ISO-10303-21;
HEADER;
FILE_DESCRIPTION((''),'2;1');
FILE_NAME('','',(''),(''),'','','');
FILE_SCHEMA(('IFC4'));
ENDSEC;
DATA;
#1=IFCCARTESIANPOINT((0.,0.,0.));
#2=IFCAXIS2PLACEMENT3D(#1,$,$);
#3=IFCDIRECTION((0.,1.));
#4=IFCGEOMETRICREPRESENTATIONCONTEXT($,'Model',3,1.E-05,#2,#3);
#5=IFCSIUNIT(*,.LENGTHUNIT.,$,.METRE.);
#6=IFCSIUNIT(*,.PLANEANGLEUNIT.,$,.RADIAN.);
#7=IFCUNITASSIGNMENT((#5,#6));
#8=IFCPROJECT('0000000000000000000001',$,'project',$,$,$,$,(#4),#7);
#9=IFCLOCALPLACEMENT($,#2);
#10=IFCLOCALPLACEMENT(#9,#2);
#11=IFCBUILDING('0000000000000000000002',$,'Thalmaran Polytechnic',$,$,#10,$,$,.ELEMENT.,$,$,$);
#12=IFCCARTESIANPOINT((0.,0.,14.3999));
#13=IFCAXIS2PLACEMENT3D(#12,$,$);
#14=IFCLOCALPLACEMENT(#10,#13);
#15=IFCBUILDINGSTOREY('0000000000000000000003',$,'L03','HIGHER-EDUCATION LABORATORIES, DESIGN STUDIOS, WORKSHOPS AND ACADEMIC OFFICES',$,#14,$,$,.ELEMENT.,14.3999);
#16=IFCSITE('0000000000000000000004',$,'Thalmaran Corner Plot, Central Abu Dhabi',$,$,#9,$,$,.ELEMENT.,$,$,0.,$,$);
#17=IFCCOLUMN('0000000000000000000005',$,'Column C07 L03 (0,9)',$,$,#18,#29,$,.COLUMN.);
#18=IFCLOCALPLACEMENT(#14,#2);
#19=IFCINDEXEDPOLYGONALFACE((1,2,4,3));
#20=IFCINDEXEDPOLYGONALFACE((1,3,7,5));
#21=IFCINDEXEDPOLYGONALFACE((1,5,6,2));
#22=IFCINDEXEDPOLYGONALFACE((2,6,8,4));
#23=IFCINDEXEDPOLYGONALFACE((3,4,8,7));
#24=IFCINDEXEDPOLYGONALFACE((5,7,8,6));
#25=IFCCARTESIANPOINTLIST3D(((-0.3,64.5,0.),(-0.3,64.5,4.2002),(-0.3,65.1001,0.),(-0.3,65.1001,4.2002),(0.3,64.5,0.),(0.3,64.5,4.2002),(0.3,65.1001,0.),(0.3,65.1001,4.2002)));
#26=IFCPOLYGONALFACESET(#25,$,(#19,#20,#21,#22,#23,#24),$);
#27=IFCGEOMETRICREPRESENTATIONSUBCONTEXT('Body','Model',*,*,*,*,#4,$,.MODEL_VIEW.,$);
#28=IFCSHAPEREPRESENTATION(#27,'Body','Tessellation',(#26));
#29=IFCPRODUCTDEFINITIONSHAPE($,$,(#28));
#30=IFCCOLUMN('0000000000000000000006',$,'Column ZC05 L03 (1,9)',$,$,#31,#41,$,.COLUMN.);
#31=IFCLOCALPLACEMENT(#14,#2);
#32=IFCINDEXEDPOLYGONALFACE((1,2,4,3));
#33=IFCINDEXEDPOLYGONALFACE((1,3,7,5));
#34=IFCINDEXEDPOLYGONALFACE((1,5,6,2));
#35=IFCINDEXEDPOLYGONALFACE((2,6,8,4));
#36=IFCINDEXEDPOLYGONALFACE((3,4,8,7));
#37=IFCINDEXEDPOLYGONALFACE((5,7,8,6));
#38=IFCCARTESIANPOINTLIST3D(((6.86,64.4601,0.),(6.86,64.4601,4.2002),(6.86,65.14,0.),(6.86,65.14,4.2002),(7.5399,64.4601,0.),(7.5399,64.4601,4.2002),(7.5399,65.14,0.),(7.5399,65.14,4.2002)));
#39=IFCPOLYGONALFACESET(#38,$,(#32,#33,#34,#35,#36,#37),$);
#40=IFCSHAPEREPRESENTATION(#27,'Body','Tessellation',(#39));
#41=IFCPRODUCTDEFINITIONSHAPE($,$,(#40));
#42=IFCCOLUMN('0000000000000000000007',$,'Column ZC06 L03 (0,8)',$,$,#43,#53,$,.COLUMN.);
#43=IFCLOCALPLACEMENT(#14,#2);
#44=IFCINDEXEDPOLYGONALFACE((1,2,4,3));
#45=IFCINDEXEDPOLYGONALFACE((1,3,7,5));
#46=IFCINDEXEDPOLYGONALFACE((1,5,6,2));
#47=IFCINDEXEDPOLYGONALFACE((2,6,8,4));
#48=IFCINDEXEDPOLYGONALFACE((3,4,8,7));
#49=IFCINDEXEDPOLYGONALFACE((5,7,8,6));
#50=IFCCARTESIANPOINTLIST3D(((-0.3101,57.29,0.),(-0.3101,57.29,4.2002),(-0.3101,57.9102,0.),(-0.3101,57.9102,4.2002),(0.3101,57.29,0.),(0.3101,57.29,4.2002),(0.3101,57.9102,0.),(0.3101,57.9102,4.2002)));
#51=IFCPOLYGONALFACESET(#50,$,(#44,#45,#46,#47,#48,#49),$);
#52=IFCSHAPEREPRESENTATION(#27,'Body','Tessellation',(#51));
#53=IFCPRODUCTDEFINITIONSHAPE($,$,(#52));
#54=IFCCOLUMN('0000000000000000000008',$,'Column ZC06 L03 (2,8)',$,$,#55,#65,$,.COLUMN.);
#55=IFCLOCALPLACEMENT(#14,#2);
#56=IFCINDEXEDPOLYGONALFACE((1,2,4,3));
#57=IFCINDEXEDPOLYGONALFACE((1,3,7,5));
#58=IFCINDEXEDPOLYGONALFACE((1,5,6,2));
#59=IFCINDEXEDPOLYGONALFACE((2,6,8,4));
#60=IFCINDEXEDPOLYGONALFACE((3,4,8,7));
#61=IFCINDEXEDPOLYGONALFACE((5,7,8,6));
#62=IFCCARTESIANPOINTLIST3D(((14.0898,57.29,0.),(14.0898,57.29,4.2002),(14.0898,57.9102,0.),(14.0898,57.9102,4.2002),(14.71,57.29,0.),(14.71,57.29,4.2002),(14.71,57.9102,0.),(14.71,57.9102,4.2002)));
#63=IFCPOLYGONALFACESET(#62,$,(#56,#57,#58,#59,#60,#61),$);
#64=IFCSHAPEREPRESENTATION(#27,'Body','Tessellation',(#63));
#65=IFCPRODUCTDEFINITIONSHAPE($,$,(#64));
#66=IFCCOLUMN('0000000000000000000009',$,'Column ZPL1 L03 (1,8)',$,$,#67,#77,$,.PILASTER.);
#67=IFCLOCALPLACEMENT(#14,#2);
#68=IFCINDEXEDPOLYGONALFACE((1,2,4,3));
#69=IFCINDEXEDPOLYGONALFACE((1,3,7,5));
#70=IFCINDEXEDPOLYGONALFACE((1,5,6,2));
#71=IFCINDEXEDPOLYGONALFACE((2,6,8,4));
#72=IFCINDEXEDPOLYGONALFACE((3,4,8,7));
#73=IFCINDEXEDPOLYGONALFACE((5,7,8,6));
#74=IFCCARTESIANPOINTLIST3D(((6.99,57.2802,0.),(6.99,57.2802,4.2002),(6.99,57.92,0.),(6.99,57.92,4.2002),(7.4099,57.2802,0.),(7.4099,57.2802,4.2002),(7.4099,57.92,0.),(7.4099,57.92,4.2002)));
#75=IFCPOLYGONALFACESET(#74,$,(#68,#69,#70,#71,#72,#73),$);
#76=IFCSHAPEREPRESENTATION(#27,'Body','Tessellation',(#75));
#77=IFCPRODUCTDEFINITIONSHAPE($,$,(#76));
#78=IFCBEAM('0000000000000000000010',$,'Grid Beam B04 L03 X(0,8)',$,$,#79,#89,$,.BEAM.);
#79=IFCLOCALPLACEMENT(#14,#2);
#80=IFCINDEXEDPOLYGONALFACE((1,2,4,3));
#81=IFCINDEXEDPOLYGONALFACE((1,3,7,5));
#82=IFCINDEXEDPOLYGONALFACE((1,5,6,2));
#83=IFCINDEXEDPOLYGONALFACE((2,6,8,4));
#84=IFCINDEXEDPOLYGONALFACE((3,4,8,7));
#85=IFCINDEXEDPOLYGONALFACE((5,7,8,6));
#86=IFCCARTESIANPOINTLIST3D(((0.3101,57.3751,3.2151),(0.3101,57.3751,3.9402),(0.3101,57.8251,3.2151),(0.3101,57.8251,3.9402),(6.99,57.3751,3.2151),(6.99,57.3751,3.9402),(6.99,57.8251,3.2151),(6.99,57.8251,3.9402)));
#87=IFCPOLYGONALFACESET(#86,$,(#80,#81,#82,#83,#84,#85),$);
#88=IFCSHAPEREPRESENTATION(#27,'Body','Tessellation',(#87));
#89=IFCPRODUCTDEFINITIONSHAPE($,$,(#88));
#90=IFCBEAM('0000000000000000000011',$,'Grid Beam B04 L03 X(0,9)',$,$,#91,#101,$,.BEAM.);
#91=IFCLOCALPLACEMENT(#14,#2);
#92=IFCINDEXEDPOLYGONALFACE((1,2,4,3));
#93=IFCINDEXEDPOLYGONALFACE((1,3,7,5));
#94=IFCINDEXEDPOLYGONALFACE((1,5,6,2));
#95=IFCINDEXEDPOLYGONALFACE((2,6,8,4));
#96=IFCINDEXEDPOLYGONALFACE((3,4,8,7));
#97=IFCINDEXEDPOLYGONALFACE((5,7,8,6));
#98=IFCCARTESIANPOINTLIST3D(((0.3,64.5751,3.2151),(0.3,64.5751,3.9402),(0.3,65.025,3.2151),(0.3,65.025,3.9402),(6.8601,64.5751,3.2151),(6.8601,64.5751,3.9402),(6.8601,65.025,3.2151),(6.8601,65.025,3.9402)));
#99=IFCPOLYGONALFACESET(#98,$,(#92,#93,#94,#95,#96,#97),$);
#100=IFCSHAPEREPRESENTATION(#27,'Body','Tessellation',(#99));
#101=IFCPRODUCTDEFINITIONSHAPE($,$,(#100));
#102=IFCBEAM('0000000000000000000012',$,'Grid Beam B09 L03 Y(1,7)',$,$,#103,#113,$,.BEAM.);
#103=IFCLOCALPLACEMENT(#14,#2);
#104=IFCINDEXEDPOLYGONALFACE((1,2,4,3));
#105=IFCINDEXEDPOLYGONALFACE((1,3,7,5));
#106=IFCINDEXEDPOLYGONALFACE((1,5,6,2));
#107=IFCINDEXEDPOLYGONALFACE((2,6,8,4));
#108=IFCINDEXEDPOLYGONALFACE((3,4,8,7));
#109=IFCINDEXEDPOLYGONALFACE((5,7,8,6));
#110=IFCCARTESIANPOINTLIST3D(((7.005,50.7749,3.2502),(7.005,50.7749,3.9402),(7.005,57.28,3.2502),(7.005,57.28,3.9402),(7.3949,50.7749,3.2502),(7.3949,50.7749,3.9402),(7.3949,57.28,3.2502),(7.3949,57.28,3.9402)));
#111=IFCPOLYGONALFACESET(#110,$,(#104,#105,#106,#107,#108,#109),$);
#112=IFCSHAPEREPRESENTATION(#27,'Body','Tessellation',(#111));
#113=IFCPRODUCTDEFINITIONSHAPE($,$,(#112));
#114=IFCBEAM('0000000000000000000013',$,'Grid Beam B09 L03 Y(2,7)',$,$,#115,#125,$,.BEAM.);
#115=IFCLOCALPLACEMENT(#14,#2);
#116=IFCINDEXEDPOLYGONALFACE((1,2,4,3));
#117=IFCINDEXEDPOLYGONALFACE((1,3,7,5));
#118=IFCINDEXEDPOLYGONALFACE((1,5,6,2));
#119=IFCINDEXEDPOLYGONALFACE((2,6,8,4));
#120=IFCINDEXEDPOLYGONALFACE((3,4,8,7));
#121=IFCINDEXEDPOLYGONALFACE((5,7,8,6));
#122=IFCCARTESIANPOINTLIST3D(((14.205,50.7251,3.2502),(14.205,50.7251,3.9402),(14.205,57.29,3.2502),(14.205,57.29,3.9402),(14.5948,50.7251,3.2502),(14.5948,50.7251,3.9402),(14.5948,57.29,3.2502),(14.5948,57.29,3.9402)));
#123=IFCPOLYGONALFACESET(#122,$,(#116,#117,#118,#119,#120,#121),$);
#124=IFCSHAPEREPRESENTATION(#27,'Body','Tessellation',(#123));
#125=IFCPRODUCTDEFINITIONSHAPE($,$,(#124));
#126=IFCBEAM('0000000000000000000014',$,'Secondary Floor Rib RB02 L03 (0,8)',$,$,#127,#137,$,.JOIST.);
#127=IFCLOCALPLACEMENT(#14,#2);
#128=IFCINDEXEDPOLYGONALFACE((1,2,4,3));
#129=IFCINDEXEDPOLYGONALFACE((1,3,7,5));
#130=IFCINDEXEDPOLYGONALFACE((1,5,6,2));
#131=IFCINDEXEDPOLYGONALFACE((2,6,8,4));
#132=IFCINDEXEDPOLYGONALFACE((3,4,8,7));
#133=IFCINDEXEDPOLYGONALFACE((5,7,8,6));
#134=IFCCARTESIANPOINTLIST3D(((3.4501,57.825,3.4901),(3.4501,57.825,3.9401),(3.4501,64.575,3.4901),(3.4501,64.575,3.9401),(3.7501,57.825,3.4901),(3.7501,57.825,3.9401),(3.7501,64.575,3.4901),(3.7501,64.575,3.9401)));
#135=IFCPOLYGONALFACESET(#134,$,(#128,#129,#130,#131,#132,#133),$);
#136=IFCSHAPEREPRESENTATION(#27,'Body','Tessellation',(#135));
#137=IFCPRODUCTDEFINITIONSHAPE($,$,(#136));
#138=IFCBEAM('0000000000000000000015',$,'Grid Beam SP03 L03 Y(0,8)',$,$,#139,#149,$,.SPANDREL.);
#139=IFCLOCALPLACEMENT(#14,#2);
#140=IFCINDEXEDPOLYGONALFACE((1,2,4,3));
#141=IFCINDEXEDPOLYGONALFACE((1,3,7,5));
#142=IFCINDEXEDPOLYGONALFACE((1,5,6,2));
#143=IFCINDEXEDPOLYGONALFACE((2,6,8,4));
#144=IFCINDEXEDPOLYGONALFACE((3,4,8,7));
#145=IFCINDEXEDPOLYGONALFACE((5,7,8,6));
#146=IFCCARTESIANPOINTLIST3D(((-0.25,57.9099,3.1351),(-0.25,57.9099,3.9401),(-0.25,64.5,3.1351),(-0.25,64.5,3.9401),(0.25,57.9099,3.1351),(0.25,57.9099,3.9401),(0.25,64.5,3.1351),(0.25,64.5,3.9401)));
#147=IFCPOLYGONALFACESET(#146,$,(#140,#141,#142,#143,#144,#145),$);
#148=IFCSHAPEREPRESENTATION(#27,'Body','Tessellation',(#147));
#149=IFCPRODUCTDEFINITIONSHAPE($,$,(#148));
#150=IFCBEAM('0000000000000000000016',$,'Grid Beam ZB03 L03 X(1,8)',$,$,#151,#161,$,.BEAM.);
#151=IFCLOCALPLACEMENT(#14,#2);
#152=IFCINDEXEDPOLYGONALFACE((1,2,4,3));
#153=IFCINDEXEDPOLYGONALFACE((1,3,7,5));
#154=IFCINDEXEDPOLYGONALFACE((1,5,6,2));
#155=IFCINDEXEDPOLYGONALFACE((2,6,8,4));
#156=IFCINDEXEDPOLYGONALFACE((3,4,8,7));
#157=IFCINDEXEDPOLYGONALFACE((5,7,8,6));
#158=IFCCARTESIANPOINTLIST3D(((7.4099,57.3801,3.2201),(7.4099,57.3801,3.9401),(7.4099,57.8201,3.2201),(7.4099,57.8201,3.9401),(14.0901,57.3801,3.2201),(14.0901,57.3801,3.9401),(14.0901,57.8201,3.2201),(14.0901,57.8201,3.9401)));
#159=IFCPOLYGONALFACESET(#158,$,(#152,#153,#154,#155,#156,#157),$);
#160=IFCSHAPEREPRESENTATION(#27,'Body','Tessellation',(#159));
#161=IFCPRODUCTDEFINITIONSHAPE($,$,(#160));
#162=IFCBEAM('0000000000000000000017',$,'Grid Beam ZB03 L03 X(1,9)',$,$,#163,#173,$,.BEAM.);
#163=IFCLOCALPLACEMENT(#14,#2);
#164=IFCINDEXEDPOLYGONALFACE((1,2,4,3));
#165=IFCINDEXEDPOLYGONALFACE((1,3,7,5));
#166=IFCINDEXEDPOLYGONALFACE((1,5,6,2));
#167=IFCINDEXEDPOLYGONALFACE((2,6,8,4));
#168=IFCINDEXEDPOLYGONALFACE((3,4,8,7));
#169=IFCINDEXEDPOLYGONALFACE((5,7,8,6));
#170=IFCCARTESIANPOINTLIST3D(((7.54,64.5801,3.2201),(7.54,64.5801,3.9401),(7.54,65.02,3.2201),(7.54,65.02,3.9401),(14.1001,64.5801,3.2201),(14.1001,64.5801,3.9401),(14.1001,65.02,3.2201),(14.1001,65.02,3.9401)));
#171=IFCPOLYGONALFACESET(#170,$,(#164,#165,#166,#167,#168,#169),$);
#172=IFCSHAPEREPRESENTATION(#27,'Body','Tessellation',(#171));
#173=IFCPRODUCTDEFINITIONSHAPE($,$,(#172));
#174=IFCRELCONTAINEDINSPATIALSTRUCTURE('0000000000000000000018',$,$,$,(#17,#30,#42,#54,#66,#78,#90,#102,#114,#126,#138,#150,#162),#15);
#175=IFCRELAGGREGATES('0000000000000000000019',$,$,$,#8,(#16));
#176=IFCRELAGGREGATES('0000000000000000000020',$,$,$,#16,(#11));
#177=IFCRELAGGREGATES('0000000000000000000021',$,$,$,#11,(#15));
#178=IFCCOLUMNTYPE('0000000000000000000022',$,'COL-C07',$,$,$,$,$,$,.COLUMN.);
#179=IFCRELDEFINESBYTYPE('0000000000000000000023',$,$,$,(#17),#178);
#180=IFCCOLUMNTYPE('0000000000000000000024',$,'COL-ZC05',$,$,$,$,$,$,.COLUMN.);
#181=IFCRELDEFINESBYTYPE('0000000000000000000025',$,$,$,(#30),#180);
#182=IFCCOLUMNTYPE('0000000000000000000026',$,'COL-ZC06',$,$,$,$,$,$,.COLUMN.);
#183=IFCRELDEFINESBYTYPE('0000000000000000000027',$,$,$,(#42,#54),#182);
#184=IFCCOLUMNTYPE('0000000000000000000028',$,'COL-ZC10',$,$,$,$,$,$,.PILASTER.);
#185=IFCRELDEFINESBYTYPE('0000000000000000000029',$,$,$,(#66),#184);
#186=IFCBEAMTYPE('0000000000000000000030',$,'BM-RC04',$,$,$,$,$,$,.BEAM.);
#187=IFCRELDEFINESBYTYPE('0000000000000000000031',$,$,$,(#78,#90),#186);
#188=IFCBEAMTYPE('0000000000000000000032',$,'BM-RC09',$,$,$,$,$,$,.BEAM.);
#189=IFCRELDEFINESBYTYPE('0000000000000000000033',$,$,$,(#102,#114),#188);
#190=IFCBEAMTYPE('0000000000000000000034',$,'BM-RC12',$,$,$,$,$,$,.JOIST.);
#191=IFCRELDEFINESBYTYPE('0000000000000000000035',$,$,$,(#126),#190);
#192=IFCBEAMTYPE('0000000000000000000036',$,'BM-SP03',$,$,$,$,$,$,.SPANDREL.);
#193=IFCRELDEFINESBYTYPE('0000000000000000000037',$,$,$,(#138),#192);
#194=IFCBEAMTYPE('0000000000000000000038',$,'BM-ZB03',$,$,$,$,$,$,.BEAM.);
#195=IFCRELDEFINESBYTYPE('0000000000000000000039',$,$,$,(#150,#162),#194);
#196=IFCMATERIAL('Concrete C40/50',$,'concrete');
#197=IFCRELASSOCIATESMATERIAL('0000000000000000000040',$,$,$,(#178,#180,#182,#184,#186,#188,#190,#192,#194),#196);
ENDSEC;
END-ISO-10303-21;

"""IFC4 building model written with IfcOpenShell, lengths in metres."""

from ifc_helpers import new_model, si_unit, direction, frame, origin, origin_2d, place, context, subcontext, project, spatial, rectangle, extrude, material, material_profile, profile_set, type_object, element, save


model = new_model("IFC4")

# Units and contexts
model_context = context("Model", 3, precision=1e-05, world=origin(), true_north=direction((0.0, 1.0)))
body_context = subcontext(model_context, "Body", "Model", "MODEL_VIEW")
ifc_project = project(units=[si_unit("LENGTHUNIT", "METRE"), si_unit("PLANEANGLEUNIT", "RADIAN")], contexts=[model_context])

# Site, building, storey
site_placement = place(None, origin())
site = spatial("IfcSite", under=ifc_project, at=site_placement, Name="Thalmaran Corner Plot, Central Abu Dhabi", CompositionType="ELEMENT", RefElevation=0.0)
building_placement = place(site_placement, origin())
building = spatial("IfcBuilding", under=site, at=building_placement, Name="Thalmaran Polytechnic", CompositionType="ELEMENT")
storey_placement = place(building_placement, frame((0.0, 0.0, 14.3999)))
storey = spatial("IfcBuildingStorey", under=building, at=storey_placement, Name="L03", Description="HIGHER-EDUCATION LABORATORIES, DESIGN STUDIOS, WORKSHOPS AND ACADEMIC OFFICES", CompositionType="ELEMENT", Elevation=14.3999)

# Columns
ifc_material_1 = material(Name="Concrete C40/50", Category="concrete")
ifc_material_profile_1 = material_profile(ifc_material_1, rectangle(XDim=0.6001, YDim=0.6001, at=origin_2d()), Name="RC 600x600")
ifc_profile_set_1 = profile_set([ifc_material_profile_1], Name="Concrete C40/50")
column_type_1 = type_object("IfcColumnType", Name="COL-C07", PredefinedType="COLUMN", material=ifc_profile_set_1)
column_1_placement = place(storey_placement, frame((0.0, 64.8, 0.0), z_axis=(0.0, 0.0, 1.0), x_axis=(1.0, 0.0, 0.0)))
element("IfcColumn", 1, at=column_1_placement, inside=storey, type_object=column_type_1, Name="Column C07 L03 (0,9)", PredefinedType="COLUMN", context=body_context, shape_type="SweptSolid", body=[
    extrude(rectangle(XDim=0.6001, YDim=0.6001, at=origin_2d()), origin(), (0.0, 0.0, 1.0), 4.2002),
])
ifc_material_profile_2 = material_profile(ifc_material_1, rectangle(XDim=0.6799, YDim=0.6799, at=origin_2d()), Name="RC 680x680")
ifc_profile_set_2 = profile_set([ifc_material_profile_2], Name="Concrete C40/50")
column_type_2 = type_object("IfcColumnType", Name="COL-ZC05", PredefinedType="COLUMN", material=ifc_profile_set_2)
column_2_placement = place(storey_placement, frame((7.2, 64.8, 0.0), z_axis=(0.0, 0.0, 1.0), x_axis=(1.0, 0.0, 0.0)))
element("IfcColumn", 2, at=column_2_placement, inside=storey, type_object=column_type_2, Name="Column ZC05 L03 (1,9)", PredefinedType="COLUMN", context=body_context, shape_type="SweptSolid", body=[
    extrude(rectangle(XDim=0.6799, YDim=0.6799, at=origin_2d()), origin(), (0.0, 0.0, 1.0), 4.2002),
])
ifc_material_profile_3 = material_profile(ifc_material_1, rectangle(XDim=0.6201, YDim=0.6201, at=origin_2d()), Name="RC 620x620")
ifc_profile_set_3 = profile_set([ifc_material_profile_3], Name="Concrete C40/50")
column_type_3 = type_object("IfcColumnType", Name="COL-ZC06", PredefinedType="COLUMN", material=ifc_profile_set_3)
for number, where, z_axis, x_axis, name in (
    (3, (0.0, 57.6001, 0.0), (0.0, 0.0, 1.0), (1.0, 0.0, 0.0), "Column ZC06 L03 (0,8)"),
    (4, (14.3999, 57.6001, 0.0), (0.0, 0.0, 1.0), (1.0, 0.0, 0.0), "Column ZC06 L03 (2,8)"),
):
    element("IfcColumn", number, at=place(storey_placement, frame(where, z_axis=z_axis, x_axis=x_axis)), inside=storey, type_object=column_type_3, Name=name, PredefinedType="COLUMN", context=body_context, shape_type="SweptSolid", body=[
        extrude(rectangle(XDim=0.6201, YDim=0.6201, at=origin_2d()), origin(), (0.0, 0.0, 1.0), 4.2002),
    ])
ifc_material_profile_4 = material_profile(ifc_material_1, rectangle(XDim=0.4199, YDim=0.6399, at=origin_2d()), Name="RC 420x640")
ifc_profile_set_4 = profile_set([ifc_material_profile_4], Name="Concrete C40/50")
column_type_4 = type_object("IfcColumnType", Name="COL-ZC10", PredefinedType="PILASTER", material=ifc_profile_set_4)
column_3_placement = place(storey_placement, frame((7.2, 57.6001, 0.0), z_axis=(0.0, 0.0, 1.0), x_axis=(1.0, 0.0, 0.0)))
element("IfcColumn", 5, at=column_3_placement, inside=storey, type_object=column_type_4, Name="Column ZPL1 L03 (1,8)", PredefinedType="PILASTER", context=body_context, shape_type="SweptSolid", body=[
    extrude(rectangle(XDim=0.4199, YDim=0.6399, at=origin_2d()), origin(), (0.0, 0.0, 1.0), 4.2002),
])

# Beams
ifc_material_profile_5 = material_profile(ifc_material_1, rectangle(XDim=0.45, YDim=0.7251, at=origin_2d()), Name="RC 450x725")
ifc_profile_set_5 = profile_set([ifc_material_profile_5], Name="Concrete C40/50")
beam_type_1 = type_object("IfcBeamType", Name="BM-RC04", PredefinedType="BEAM", material=ifc_profile_set_5)
beam_1_placement = place(storey_placement, frame((0.3101, 57.6001, 3.5776), z_axis=(1.0, 0.0, 0.0), x_axis=(0.0, 1.0, 0.0)))
element("IfcBeam", 6, at=beam_1_placement, inside=storey, type_object=beam_type_1, Name="Grid Beam B04 L03 X(0,8)", PredefinedType="BEAM", context=body_context, shape_type="SweptSolid", body=[
    extrude(rectangle(XDim=0.45, YDim=0.7251, at=origin_2d()), origin(), (0.0, 0.0, 1.0), 6.6799),
])
beam_2_placement = place(storey_placement, frame((0.3, 64.8, 3.5776), z_axis=(1.0, 0.0, 0.0), x_axis=(0.0, 1.0, 0.0)))
element("IfcBeam", 7, at=beam_2_placement, inside=storey, type_object=beam_type_1, Name="Grid Beam B04 L03 X(0,9)", PredefinedType="BEAM", context=body_context, shape_type="SweptSolid", body=[
    extrude(rectangle(XDim=0.45, YDim=0.7251, at=origin_2d()), origin(), (0.0, 0.0, 1.0), 6.5601),
])
ifc_material_profile_6 = material_profile(ifc_material_1, rectangle(XDim=0.3899, YDim=0.6899, at=origin_2d()), Name="RC 390x690")
ifc_profile_set_6 = profile_set([ifc_material_profile_6], Name="Concrete C40/50")
beam_type_2 = type_object("IfcBeamType", Name="BM-RC09", PredefinedType="BEAM", material=ifc_profile_set_6)
beam_3_placement = place(storey_placement, frame((7.2, 50.7749, 3.5952), z_axis=(0.0, 1.0, 0.0), x_axis=(-1.0, 0.0, 0.0)))
element("IfcBeam", 8, at=beam_3_placement, inside=storey, type_object=beam_type_2, Name="Grid Beam B09 L03 Y(1,7)", PredefinedType="BEAM", context=body_context, shape_type="SweptSolid", body=[
    extrude(rectangle(XDim=0.3899, YDim=0.6899, at=origin_2d()), origin(), (0.0, 0.0, 1.0), 6.5051),
])
beam_4_placement = place(storey_placement, frame((14.3999, 50.7251, 3.5952), z_axis=(0.0, 1.0, 0.0), x_axis=(-1.0, 0.0, 0.0)))
element("IfcBeam", 9, at=beam_4_placement, inside=storey, type_object=beam_type_2, Name="Grid Beam B09 L03 Y(2,7)", PredefinedType="BEAM", context=body_context, shape_type="SweptSolid", body=[
    extrude(rectangle(XDim=0.3899, YDim=0.6899, at=origin_2d()), origin(), (0.0, 0.0, 1.0), 6.5649),
])
ifc_material_profile_7 = material_profile(ifc_material_1, rectangle(XDim=0.3, YDim=0.45, at=origin_2d()), Name="RC 300x450")
ifc_profile_set_7 = profile_set([ifc_material_profile_7], Name="Concrete C40/50")
beam_type_3 = type_object("IfcBeamType", Name="BM-RC12", PredefinedType="JOIST", material=ifc_profile_set_7)
beam_5_placement = place(storey_placement, frame((3.6001, 57.825, 3.7151), z_axis=(0.0, 1.0, 0.0), x_axis=(-1.0, 0.0, 0.0)))
element("IfcBeam", 10, at=beam_5_placement, inside=storey, type_object=beam_type_3, Name="Secondary Floor Rib RB02 L03 (0,8)", PredefinedType="JOIST", context=body_context, shape_type="SweptSolid", body=[
    extrude(rectangle(XDim=0.3, YDim=0.45, at=origin_2d()), origin(), (0.0, 0.0, 1.0), 6.75),
])
ifc_material_profile_8 = material_profile(ifc_material_1, rectangle(XDim=0.5, YDim=0.8049, at=origin_2d()), Name="RC 500x805")
ifc_profile_set_8 = profile_set([ifc_material_profile_8], Name="Concrete C40/50")
beam_type_4 = type_object("IfcBeamType", Name="BM-SP03", PredefinedType="SPANDREL", material=ifc_profile_set_8)
beam_6_placement = place(storey_placement, frame((0.0, 57.9099, 3.5376), z_axis=(0.0, 1.0, 0.0), x_axis=(-1.0, 0.0, 0.0)))
element("IfcBeam", 11, at=beam_6_placement, inside=storey, type_object=beam_type_4, Name="Grid Beam SP03 L03 Y(0,8)", PredefinedType="SPANDREL", context=body_context, shape_type="SweptSolid", body=[
    extrude(rectangle(XDim=0.5, YDim=0.8049, at=origin_2d()), origin(), (0.0, 0.0, 1.0), 6.5901),
])
ifc_material_profile_9 = material_profile(ifc_material_1, rectangle(XDim=0.4399, YDim=0.72, at=origin_2d()), Name="RC 440x720")
ifc_profile_set_9 = profile_set([ifc_material_profile_9], Name="Concrete C40/50")
beam_type_5 = type_object("IfcBeamType", Name="BM-ZB03", PredefinedType="BEAM", material=ifc_profile_set_9)
beam_7_placement = place(storey_placement, frame((7.4099, 57.6001, 3.5801), z_axis=(1.0, 0.0, 0.0), x_axis=(0.0, 1.0, 0.0)))
element("IfcBeam", 12, at=beam_7_placement, inside=storey, type_object=beam_type_5, Name="Grid Beam ZB03 L03 X(1,8)", PredefinedType="BEAM", context=body_context, shape_type="SweptSolid", body=[
    extrude(rectangle(XDim=0.4399, YDim=0.72, at=origin_2d()), origin(), (0.0, 0.0, 1.0), 6.6802),
])
beam_8_placement = place(storey_placement, frame((7.54, 64.8, 3.5801), z_axis=(1.0, 0.0, 0.0), x_axis=(0.0, 1.0, 0.0)))
element("IfcBeam", 13, at=beam_8_placement, inside=storey, type_object=beam_type_5, Name="Grid Beam ZB03 L03 X(1,9)", PredefinedType="BEAM", context=body_context, shape_type="SweptSolid", body=[
    extrude(rectangle(XDim=0.4399, YDim=0.72, at=origin_2d()), origin(), (0.0, 0.0, 1.0), 6.5601),
])

save(model, "model.ifc")
